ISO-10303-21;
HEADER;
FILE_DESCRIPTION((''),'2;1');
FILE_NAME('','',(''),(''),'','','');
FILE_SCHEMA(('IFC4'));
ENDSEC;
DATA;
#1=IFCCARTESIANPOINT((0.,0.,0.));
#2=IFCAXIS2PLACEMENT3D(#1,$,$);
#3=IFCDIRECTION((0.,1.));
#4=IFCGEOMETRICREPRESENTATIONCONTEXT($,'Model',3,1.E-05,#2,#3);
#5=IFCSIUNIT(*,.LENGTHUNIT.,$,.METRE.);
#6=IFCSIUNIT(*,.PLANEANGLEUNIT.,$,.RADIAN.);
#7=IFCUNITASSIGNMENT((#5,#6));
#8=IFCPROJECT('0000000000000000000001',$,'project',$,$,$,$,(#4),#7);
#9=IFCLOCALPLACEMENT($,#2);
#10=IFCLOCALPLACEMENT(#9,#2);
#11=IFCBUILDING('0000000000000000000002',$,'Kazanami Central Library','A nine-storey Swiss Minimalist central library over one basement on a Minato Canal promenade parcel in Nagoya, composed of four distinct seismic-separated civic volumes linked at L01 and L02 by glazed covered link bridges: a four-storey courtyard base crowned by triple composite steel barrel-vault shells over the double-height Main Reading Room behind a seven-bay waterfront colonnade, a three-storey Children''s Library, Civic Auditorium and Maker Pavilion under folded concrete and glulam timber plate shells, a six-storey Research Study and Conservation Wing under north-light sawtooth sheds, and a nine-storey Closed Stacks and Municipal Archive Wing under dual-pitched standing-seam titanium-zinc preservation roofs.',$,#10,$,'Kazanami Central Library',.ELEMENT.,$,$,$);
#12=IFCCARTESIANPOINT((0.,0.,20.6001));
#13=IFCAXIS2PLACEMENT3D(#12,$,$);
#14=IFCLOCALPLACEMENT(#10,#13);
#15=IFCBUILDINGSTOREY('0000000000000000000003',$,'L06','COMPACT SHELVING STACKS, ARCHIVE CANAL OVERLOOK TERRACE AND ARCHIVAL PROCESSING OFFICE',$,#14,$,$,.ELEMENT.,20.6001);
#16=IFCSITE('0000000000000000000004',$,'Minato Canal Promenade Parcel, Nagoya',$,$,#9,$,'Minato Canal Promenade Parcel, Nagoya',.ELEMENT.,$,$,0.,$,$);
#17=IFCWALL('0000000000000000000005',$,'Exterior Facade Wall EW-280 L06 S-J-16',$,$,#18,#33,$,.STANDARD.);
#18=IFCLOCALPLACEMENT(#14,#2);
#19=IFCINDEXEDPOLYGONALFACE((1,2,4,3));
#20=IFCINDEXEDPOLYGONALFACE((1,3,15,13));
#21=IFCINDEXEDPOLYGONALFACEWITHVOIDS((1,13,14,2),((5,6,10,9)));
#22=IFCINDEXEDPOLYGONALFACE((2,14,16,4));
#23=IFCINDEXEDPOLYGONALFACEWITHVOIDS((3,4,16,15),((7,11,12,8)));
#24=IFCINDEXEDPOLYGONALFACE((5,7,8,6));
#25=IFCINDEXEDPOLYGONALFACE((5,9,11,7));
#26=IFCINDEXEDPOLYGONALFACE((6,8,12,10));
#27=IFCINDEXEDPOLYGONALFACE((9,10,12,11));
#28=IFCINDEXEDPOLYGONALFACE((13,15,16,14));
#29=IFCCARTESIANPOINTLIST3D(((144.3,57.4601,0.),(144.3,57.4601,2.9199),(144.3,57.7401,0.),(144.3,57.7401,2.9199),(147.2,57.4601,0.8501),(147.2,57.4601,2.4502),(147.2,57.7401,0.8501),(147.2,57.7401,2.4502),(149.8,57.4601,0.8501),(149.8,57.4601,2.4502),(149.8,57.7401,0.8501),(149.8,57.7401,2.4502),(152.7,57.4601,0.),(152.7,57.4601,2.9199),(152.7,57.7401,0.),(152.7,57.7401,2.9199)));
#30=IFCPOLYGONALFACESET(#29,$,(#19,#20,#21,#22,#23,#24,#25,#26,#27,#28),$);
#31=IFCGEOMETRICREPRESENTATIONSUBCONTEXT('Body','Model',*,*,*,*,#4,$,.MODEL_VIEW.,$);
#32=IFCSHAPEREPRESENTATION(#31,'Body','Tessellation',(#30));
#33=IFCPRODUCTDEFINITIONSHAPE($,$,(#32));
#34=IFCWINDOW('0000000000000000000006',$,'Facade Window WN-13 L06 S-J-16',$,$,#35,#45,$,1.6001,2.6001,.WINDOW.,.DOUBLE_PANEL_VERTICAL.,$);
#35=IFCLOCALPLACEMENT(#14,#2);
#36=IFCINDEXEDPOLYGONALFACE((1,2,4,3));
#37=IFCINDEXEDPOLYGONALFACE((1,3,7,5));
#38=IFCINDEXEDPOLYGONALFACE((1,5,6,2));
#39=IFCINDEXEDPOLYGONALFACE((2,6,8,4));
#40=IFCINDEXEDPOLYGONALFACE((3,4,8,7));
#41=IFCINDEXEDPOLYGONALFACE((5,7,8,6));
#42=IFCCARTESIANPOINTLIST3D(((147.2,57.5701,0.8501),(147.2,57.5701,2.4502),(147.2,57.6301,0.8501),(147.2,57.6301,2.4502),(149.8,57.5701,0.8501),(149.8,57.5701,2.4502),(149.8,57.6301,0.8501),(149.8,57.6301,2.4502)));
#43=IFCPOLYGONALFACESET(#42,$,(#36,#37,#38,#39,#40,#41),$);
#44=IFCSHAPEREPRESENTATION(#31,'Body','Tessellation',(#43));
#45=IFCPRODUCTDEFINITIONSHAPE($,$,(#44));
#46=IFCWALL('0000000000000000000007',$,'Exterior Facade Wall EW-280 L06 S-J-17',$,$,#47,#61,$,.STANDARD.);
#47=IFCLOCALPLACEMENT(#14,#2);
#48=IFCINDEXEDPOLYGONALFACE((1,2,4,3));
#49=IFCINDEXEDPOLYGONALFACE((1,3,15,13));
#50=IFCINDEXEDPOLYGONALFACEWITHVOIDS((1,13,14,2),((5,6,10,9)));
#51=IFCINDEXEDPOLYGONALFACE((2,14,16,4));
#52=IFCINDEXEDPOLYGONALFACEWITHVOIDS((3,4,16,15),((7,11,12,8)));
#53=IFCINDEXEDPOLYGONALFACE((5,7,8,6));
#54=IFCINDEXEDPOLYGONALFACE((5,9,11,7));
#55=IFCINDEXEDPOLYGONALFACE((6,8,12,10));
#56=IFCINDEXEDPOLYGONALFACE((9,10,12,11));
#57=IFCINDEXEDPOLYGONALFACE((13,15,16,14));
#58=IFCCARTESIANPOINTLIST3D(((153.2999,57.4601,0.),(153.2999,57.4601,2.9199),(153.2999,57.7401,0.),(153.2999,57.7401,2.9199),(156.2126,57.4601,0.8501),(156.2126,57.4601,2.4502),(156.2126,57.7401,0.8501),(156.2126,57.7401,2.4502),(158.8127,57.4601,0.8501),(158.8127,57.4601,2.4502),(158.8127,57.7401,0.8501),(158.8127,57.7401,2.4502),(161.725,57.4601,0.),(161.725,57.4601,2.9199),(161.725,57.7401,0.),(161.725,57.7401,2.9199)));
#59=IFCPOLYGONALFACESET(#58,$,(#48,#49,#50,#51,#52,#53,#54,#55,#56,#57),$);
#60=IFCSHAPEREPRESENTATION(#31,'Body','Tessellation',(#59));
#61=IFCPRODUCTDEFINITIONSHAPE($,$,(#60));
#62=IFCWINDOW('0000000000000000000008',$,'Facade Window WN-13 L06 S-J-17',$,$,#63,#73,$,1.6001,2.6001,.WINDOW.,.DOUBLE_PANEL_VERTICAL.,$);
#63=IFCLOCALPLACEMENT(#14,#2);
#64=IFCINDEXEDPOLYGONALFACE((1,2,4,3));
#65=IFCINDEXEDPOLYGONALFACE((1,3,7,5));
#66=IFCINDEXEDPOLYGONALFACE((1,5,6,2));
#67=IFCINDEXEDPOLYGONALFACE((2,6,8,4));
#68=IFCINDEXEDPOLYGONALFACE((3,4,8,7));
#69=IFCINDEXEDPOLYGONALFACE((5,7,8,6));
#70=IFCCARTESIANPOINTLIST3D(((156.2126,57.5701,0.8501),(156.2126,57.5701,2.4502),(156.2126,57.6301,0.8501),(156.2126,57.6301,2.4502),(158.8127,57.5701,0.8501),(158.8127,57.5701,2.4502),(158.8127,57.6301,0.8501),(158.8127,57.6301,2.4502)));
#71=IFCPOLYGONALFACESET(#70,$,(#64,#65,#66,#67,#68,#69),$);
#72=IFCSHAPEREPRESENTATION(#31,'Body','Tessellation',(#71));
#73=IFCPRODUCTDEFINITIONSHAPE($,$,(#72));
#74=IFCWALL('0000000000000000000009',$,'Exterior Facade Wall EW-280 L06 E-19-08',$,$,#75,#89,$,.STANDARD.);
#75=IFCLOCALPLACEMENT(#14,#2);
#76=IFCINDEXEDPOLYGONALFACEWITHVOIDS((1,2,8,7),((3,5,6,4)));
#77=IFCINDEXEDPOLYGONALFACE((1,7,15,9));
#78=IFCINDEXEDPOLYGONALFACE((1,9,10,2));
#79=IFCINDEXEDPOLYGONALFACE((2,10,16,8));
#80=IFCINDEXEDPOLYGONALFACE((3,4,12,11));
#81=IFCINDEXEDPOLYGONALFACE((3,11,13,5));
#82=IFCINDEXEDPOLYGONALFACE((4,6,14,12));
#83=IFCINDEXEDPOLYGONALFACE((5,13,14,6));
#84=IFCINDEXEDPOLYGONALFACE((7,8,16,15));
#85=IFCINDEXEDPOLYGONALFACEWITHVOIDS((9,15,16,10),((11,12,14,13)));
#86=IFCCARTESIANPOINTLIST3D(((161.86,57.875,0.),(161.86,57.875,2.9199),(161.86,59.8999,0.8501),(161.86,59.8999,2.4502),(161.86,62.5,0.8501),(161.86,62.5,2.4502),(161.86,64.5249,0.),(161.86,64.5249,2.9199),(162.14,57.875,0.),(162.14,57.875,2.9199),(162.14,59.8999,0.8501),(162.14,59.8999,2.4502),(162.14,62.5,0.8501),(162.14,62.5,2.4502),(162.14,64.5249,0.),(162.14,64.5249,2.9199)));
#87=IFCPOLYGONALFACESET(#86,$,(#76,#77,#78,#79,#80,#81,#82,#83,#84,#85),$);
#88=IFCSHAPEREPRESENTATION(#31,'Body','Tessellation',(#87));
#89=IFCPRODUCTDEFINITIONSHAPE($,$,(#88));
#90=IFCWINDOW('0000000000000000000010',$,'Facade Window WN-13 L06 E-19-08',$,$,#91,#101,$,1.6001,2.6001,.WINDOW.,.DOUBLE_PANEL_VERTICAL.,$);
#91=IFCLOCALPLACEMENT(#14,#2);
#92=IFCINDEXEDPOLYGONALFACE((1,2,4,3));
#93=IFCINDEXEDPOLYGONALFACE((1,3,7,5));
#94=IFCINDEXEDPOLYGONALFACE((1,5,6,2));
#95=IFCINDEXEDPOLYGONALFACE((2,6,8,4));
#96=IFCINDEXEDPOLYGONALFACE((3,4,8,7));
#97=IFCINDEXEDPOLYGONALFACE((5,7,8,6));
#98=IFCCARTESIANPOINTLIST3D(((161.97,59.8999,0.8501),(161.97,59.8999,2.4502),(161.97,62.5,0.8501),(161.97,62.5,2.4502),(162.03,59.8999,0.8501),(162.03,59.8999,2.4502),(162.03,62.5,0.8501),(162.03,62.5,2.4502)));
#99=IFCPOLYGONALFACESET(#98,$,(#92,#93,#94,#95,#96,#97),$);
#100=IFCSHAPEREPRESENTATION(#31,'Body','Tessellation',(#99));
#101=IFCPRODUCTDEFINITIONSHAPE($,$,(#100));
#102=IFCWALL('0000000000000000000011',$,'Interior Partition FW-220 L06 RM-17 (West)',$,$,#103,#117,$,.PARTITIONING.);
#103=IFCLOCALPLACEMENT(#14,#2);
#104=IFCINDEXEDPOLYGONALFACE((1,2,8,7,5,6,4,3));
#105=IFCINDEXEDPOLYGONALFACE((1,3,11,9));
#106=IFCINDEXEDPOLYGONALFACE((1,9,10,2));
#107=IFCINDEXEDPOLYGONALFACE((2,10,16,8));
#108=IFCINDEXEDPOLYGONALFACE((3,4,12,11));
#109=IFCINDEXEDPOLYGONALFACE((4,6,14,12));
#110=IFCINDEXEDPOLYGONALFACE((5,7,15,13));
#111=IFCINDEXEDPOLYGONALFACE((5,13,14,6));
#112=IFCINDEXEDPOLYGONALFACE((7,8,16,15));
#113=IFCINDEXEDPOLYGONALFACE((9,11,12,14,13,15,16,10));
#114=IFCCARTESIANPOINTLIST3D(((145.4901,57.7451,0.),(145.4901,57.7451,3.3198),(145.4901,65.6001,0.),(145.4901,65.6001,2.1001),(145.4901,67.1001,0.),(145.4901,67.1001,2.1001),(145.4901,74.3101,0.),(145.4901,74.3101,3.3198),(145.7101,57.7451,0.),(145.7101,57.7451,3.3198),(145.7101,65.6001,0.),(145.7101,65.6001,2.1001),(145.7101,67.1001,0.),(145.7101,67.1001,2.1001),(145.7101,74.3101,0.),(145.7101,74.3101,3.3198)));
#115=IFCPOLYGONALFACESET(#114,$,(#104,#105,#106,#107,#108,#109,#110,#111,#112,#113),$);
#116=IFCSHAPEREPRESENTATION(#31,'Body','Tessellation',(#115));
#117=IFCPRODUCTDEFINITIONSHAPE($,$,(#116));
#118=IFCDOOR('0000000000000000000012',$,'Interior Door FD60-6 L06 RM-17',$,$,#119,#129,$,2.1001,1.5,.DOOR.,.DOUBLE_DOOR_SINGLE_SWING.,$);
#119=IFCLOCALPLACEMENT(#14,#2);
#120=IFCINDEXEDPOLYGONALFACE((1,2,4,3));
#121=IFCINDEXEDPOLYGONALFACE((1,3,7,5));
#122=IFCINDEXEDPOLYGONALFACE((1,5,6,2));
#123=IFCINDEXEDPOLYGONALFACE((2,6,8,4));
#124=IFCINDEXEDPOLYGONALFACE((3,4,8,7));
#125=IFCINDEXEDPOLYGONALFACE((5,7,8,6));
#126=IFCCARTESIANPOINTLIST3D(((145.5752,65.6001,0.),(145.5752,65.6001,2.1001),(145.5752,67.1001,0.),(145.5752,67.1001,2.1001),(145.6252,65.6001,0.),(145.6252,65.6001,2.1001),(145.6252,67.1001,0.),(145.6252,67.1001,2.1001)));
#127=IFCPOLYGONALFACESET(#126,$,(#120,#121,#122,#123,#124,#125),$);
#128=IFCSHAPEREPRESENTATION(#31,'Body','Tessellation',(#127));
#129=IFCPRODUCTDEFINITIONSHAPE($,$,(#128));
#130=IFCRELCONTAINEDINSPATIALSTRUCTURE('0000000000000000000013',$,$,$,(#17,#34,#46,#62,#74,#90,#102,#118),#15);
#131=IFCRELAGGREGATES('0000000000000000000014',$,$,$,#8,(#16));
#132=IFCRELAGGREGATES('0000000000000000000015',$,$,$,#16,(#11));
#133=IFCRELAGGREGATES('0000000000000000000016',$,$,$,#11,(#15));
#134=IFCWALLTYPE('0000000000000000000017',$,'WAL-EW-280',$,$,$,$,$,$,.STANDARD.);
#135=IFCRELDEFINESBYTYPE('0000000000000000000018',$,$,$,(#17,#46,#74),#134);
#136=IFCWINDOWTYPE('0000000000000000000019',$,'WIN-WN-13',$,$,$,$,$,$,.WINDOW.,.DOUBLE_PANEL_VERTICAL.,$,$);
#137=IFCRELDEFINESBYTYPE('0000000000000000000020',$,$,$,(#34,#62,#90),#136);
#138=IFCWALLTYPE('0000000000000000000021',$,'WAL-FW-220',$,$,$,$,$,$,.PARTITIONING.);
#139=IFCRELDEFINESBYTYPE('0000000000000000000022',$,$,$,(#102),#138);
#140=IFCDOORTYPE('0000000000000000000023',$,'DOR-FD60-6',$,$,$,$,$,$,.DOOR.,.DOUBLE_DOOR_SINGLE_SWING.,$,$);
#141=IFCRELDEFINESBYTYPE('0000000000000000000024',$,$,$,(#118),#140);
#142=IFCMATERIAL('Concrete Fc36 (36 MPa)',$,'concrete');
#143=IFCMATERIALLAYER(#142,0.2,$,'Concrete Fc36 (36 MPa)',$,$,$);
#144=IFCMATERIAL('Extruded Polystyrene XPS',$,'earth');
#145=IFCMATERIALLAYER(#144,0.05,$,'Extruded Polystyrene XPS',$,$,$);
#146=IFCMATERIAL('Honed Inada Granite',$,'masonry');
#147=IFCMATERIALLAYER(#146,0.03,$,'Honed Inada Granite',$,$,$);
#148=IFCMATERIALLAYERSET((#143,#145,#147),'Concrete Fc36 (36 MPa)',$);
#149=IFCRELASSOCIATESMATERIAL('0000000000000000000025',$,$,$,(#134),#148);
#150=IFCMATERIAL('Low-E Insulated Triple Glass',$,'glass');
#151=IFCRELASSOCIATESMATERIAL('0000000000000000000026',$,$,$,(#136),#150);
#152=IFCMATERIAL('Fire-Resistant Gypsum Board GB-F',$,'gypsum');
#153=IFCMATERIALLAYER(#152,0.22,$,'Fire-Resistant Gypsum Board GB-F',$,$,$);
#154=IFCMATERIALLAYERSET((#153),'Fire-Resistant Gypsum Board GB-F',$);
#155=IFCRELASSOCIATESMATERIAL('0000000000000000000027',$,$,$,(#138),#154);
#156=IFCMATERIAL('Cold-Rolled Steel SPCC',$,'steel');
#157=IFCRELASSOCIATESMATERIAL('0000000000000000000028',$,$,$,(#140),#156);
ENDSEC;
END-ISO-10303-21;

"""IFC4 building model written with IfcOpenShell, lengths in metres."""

from ifc_helpers import new_model, si_unit, direction, frame, frame_2d, origin, place, context, subcontext, project, spatial, rectangle, extrude, material, layer, layer_set, type_object, element, fill, save


model = new_model("IFC4")

# Units and contexts
model_context = context("Model", 3, precision=1e-05, world=origin(), true_north=direction((0.0, 1.0)))
body_context = subcontext(model_context, "Body", "Model", "MODEL_VIEW")
ifc_project = project(units=[si_unit("LENGTHUNIT", "METRE"), si_unit("PLANEANGLEUNIT", "RADIAN")], contexts=[model_context])

# Site, building, storey
site_placement = place(None, origin())
site = spatial("IfcSite", under=ifc_project, at=site_placement, Name="Minato Canal Promenade Parcel, Nagoya", LongName="Minato Canal Promenade Parcel, Nagoya", CompositionType="ELEMENT", RefElevation=0.0)
building_placement = place(site_placement, origin())
building = spatial("IfcBuilding", under=site, at=building_placement, Name="Kazanami Central Library", Description="A nine-storey Swiss Minimalist central library over one basement on a Minato Canal promenade parcel in Nagoya, composed of four distinct seismic-separated civic volumes linked at L01 and L02 by glazed covered link bridges: a four-storey courtyard base crowned by triple composite steel barrel-vault shells over the double-height Main Reading Room behind a seven-bay waterfront colonnade, a three-storey Children's Library, Civic Auditorium and Maker Pavilion under folded concrete and glulam timber plate shells, a six-storey Research Study and Conservation Wing under north-light sawtooth sheds, and a nine-storey Closed Stacks and Municipal Archive Wing under dual-pitched standing-seam titanium-zinc preservation roofs.", LongName="Kazanami Central Library", CompositionType="ELEMENT")
storey_placement = place(building_placement, frame((0.0, 0.0, 20.6001)))
storey = spatial("IfcBuildingStorey", under=building, at=storey_placement, Name="L06", Description="COMPACT SHELVING STACKS, ARCHIVE CANAL OVERLOOK TERRACE AND ARCHIVAL PROCESSING OFFICE", CompositionType="ELEMENT", Elevation=20.6001)

# Walls, openings, windows
ifc_material_1 = material(Name="Concrete Fc36 (36 MPa)", Category="concrete")
ifc_layer_1 = layer(ifc_material_1, 0.2, Name="Concrete Fc36 (36 MPa)")
ifc_material_2 = material(Name="Extruded Polystyrene XPS", Category="earth")
ifc_layer_2 = layer(ifc_material_2, 0.05, Name="Extruded Polystyrene XPS")
ifc_material_3 = material(Name="Honed Inada Granite", Category="masonry")
ifc_layer_3 = layer(ifc_material_3, 0.03, Name="Honed Inada Granite")
ifc_layer_set_1 = layer_set([ifc_layer_1, ifc_layer_2, ifc_layer_3], Name="Concrete Fc36 (36 MPa)")
wall_type_1 = type_object("IfcWallType", Name="WAL-EW-280", PredefinedType="STANDARD", material=ifc_layer_set_1)
wall_1_placement = place(storey_placement, frame((144.3, 57.6001, 0.0), z_axis=(0.0, 0.0, 1.0), x_axis=(1.0, 0.0, 0.0)))
wall_1 = element("IfcWall", 1, at=wall_1_placement, inside=storey, type_object=wall_type_1, Name="Exterior Facade Wall EW-280 L06 S-J-16", PredefinedType="STANDARD", context=body_context, shape_type="SweptSolid", body=[
    extrude(rectangle(XDim=8.3999, YDim=0.28, at=frame_2d((4.2, 0.0))), origin(), (0.0, 0.0, 1.0), 2.9199),
])
opening_1_placement = place(wall_1_placement, frame((2.8999, 0.0, 0.8501)))
opening_1 = element("IfcOpeningElement", 2, at=opening_1_placement, cuts=wall_1, PredefinedType="OPENING", context=body_context, shape_type="SweptSolid", body=[
    extrude(rectangle(XDim=2.6001, YDim=1.6001, at=frame_2d((1.3, 0.8))), frame((0.0, 0.1519, 0.0), z_axis=(0.0, -1.0, 0.0), x_axis=(1.0, 0.0, 0.0)), (0.0, 0.0, 1.0), 0.304),
])
ifc_material_4 = material(Name="Low-E Insulated Triple Glass", Category="glass")
window_type = type_object("IfcWindowType", Name="WIN-WN-13", PartitioningType="DOUBLE_PANEL_VERTICAL", PredefinedType="WINDOW", material=ifc_material_4)
window_1_placement = place(opening_1_placement, origin())
window_1 = element("IfcWindow", 3, at=window_1_placement, inside=storey, type_object=window_type, Name="Facade Window WN-13 L06 S-J-16", OverallHeight=1.6001, OverallWidth=2.6001, PartitioningType="DOUBLE_PANEL_VERTICAL", PredefinedType="WINDOW", context=body_context, shape_type="SweptSolid", body=[
    extrude(rectangle(XDim=2.6001, YDim=1.6001, at=frame_2d((1.3, 0.8))), frame((0.0, 0.03, 0.0), z_axis=(0.0, -1.0, 0.0), x_axis=(1.0, 0.0, 0.0)), (0.0, 0.0, 1.0), 0.0601),
])
fill(opening_1, window_1)
wall_2_placement = place(storey_placement, frame((153.3, 57.6001, 0.0), z_axis=(0.0, 0.0, 1.0), x_axis=(1.0, 0.0, 0.0)))
wall_2 = element("IfcWall", 4, at=wall_2_placement, inside=storey, type_object=wall_type_1, Name="Exterior Facade Wall EW-280 L06 S-J-17", PredefinedType="STANDARD", context=body_context, shape_type="SweptSolid", body=[
    extrude(rectangle(XDim=8.425, YDim=0.28, at=frame_2d((4.2124, 0.0))), origin(), (0.0, 0.0, 1.0), 2.9199),
])
opening_2_placement = place(wall_2_placement, frame((2.9126, 0.0, 0.8501)))
opening_2 = element("IfcOpeningElement", 5, at=opening_2_placement, cuts=wall_2, PredefinedType="OPENING", context=body_context, shape_type="SweptSolid", body=[
    extrude(rectangle(XDim=2.6001, YDim=1.6001, at=frame_2d((1.3, 0.8))), frame((0.0, 0.1519, 0.0), z_axis=(0.0, -1.0, 0.0), x_axis=(1.0, 0.0, 0.0)), (0.0, 0.0, 1.0), 0.304),
])
window_2_placement = place(opening_2_placement, origin())
window_2 = element("IfcWindow", 6, at=window_2_placement, inside=storey, type_object=window_type, Name="Facade Window WN-13 L06 S-J-17", OverallHeight=1.6001, OverallWidth=2.6001, PartitioningType="DOUBLE_PANEL_VERTICAL", PredefinedType="WINDOW", context=body_context, shape_type="SweptSolid", body=[
    extrude(rectangle(XDim=2.6001, YDim=1.6001, at=frame_2d((1.3, 0.8))), frame((0.0, 0.03, 0.0), z_axis=(0.0, -1.0, 0.0), x_axis=(1.0, 0.0, 0.0)), (0.0, 0.0, 1.0), 0.0601),
])
fill(opening_2, window_2)
wall_3_placement = place(storey_placement, frame((162.0, 64.5249, 0.0), z_axis=(0.0, 0.0, 1.0), x_axis=(0.0, -1.0, 0.0)))
wall_3 = element("IfcWall", 7, at=wall_3_placement, inside=storey, type_object=wall_type_1, Name="Exterior Facade Wall EW-280 L06 E-19-08", PredefinedType="STANDARD", context=body_context, shape_type="SweptSolid", body=[
    extrude(rectangle(XDim=6.6499, YDim=0.28, at=frame_2d((3.325, 0.0))), origin(), (0.0, 0.0, 1.0), 2.9199),
])
opening_3_placement = place(wall_3_placement, frame((2.0249, 0.0, 0.8501)))
opening_3 = element("IfcOpeningElement", 8, at=opening_3_placement, cuts=wall_3, PredefinedType="OPENING", context=body_context, shape_type="SweptSolid", body=[
    extrude(rectangle(XDim=2.6001, YDim=1.6001, at=frame_2d((1.3, 0.8))), frame((0.0, 0.1519, 0.0), z_axis=(0.0, -1.0, 0.0), x_axis=(1.0, 0.0, 0.0)), (0.0, 0.0, 1.0), 0.304),
])
window_3_placement = place(opening_3_placement, origin())
window_3 = element("IfcWindow", 9, at=window_3_placement, inside=storey, type_object=window_type, Name="Facade Window WN-13 L06 E-19-08", OverallHeight=1.6001, OverallWidth=2.6001, PartitioningType="DOUBLE_PANEL_VERTICAL", PredefinedType="WINDOW", context=body_context, shape_type="SweptSolid", body=[
    extrude(rectangle(XDim=2.6001, YDim=1.6001, at=frame_2d((1.3, 0.8))), frame((0.0, 0.03, 0.0), z_axis=(0.0, -1.0, 0.0), x_axis=(1.0, 0.0, 0.0)), (0.0, 0.0, 1.0), 0.0601),
])
fill(opening_3, window_3)

# Wall, opening, door
ifc_material_5 = material(Name="Fire-Resistant Gypsum Board GB-F", Category="gypsum")
ifc_layer_4 = layer(ifc_material_5, 0.22, Name="Fire-Resistant Gypsum Board GB-F")
ifc_layer_set_2 = layer_set([ifc_layer_4], Name="Fire-Resistant Gypsum Board GB-F")
wall_type_2 = type_object("IfcWallType", Name="WAL-FW-220", PredefinedType="PARTITIONING", material=ifc_layer_set_2)
wall_4_placement = place(storey_placement, frame((145.6001, 57.7451, 0.0), z_axis=(0.0, 0.0, 1.0), x_axis=(0.0, 1.0, 0.0)))
wall_4 = element("IfcWall", 10, at=wall_4_placement, inside=storey, type_object=wall_type_2, Name="Interior Partition FW-220 L06 RM-17 (West)", PredefinedType="PARTITIONING", context=body_context, shape_type="SweptSolid", body=[
    extrude(rectangle(XDim=16.5649, YDim=0.22, at=frame_2d((8.2825, 0.0))), origin(), (0.0, 0.0, 1.0), 3.3198),
])
opening_4_placement = place(wall_4_placement, frame((7.855, 0.0, 0.0)))
opening_4 = element("IfcOpeningElement", 11, at=opening_4_placement, cuts=wall_4, PredefinedType="OPENING", context=body_context, shape_type="SweptSolid", body=[
    extrude(rectangle(XDim=1.5, YDim=2.1001, at=frame_2d((0.75, 1.05))), frame((0.0, 0.1221, 0.0), z_axis=(0.0, -1.0, 0.0), x_axis=(1.0, 0.0, 0.0)), (0.0, 0.0, 1.0), 0.2439),
])
ifc_material_6 = material(Name="Cold-Rolled Steel SPCC", Category="steel")
door_type = type_object("IfcDoorType", Name="DOR-FD60-6", OperationType="DOUBLE_DOOR_SINGLE_SWING", PredefinedType="DOOR", material=ifc_material_6)
door_placement = place(opening_4_placement, origin())
door = element("IfcDoor", 12, at=door_placement, inside=storey, type_object=door_type, Name="Interior Door FD60-6 L06 RM-17", OperationType="DOUBLE_DOOR_SINGLE_SWING", OverallHeight=2.1001, OverallWidth=1.5, PredefinedType="DOOR", context=body_context, shape_type="SweptSolid", body=[
    extrude(rectangle(XDim=1.5, YDim=2.1001, at=frame_2d((0.75, 1.05))), frame((0.0, 0.0249, 0.0), z_axis=(0.0, -1.0, 0.0), x_axis=(1.0, 0.0, 0.0)), (0.0, 0.0, 1.0), 0.05),
])
fill(opening_4, door)

save(model, "model.ifc")
